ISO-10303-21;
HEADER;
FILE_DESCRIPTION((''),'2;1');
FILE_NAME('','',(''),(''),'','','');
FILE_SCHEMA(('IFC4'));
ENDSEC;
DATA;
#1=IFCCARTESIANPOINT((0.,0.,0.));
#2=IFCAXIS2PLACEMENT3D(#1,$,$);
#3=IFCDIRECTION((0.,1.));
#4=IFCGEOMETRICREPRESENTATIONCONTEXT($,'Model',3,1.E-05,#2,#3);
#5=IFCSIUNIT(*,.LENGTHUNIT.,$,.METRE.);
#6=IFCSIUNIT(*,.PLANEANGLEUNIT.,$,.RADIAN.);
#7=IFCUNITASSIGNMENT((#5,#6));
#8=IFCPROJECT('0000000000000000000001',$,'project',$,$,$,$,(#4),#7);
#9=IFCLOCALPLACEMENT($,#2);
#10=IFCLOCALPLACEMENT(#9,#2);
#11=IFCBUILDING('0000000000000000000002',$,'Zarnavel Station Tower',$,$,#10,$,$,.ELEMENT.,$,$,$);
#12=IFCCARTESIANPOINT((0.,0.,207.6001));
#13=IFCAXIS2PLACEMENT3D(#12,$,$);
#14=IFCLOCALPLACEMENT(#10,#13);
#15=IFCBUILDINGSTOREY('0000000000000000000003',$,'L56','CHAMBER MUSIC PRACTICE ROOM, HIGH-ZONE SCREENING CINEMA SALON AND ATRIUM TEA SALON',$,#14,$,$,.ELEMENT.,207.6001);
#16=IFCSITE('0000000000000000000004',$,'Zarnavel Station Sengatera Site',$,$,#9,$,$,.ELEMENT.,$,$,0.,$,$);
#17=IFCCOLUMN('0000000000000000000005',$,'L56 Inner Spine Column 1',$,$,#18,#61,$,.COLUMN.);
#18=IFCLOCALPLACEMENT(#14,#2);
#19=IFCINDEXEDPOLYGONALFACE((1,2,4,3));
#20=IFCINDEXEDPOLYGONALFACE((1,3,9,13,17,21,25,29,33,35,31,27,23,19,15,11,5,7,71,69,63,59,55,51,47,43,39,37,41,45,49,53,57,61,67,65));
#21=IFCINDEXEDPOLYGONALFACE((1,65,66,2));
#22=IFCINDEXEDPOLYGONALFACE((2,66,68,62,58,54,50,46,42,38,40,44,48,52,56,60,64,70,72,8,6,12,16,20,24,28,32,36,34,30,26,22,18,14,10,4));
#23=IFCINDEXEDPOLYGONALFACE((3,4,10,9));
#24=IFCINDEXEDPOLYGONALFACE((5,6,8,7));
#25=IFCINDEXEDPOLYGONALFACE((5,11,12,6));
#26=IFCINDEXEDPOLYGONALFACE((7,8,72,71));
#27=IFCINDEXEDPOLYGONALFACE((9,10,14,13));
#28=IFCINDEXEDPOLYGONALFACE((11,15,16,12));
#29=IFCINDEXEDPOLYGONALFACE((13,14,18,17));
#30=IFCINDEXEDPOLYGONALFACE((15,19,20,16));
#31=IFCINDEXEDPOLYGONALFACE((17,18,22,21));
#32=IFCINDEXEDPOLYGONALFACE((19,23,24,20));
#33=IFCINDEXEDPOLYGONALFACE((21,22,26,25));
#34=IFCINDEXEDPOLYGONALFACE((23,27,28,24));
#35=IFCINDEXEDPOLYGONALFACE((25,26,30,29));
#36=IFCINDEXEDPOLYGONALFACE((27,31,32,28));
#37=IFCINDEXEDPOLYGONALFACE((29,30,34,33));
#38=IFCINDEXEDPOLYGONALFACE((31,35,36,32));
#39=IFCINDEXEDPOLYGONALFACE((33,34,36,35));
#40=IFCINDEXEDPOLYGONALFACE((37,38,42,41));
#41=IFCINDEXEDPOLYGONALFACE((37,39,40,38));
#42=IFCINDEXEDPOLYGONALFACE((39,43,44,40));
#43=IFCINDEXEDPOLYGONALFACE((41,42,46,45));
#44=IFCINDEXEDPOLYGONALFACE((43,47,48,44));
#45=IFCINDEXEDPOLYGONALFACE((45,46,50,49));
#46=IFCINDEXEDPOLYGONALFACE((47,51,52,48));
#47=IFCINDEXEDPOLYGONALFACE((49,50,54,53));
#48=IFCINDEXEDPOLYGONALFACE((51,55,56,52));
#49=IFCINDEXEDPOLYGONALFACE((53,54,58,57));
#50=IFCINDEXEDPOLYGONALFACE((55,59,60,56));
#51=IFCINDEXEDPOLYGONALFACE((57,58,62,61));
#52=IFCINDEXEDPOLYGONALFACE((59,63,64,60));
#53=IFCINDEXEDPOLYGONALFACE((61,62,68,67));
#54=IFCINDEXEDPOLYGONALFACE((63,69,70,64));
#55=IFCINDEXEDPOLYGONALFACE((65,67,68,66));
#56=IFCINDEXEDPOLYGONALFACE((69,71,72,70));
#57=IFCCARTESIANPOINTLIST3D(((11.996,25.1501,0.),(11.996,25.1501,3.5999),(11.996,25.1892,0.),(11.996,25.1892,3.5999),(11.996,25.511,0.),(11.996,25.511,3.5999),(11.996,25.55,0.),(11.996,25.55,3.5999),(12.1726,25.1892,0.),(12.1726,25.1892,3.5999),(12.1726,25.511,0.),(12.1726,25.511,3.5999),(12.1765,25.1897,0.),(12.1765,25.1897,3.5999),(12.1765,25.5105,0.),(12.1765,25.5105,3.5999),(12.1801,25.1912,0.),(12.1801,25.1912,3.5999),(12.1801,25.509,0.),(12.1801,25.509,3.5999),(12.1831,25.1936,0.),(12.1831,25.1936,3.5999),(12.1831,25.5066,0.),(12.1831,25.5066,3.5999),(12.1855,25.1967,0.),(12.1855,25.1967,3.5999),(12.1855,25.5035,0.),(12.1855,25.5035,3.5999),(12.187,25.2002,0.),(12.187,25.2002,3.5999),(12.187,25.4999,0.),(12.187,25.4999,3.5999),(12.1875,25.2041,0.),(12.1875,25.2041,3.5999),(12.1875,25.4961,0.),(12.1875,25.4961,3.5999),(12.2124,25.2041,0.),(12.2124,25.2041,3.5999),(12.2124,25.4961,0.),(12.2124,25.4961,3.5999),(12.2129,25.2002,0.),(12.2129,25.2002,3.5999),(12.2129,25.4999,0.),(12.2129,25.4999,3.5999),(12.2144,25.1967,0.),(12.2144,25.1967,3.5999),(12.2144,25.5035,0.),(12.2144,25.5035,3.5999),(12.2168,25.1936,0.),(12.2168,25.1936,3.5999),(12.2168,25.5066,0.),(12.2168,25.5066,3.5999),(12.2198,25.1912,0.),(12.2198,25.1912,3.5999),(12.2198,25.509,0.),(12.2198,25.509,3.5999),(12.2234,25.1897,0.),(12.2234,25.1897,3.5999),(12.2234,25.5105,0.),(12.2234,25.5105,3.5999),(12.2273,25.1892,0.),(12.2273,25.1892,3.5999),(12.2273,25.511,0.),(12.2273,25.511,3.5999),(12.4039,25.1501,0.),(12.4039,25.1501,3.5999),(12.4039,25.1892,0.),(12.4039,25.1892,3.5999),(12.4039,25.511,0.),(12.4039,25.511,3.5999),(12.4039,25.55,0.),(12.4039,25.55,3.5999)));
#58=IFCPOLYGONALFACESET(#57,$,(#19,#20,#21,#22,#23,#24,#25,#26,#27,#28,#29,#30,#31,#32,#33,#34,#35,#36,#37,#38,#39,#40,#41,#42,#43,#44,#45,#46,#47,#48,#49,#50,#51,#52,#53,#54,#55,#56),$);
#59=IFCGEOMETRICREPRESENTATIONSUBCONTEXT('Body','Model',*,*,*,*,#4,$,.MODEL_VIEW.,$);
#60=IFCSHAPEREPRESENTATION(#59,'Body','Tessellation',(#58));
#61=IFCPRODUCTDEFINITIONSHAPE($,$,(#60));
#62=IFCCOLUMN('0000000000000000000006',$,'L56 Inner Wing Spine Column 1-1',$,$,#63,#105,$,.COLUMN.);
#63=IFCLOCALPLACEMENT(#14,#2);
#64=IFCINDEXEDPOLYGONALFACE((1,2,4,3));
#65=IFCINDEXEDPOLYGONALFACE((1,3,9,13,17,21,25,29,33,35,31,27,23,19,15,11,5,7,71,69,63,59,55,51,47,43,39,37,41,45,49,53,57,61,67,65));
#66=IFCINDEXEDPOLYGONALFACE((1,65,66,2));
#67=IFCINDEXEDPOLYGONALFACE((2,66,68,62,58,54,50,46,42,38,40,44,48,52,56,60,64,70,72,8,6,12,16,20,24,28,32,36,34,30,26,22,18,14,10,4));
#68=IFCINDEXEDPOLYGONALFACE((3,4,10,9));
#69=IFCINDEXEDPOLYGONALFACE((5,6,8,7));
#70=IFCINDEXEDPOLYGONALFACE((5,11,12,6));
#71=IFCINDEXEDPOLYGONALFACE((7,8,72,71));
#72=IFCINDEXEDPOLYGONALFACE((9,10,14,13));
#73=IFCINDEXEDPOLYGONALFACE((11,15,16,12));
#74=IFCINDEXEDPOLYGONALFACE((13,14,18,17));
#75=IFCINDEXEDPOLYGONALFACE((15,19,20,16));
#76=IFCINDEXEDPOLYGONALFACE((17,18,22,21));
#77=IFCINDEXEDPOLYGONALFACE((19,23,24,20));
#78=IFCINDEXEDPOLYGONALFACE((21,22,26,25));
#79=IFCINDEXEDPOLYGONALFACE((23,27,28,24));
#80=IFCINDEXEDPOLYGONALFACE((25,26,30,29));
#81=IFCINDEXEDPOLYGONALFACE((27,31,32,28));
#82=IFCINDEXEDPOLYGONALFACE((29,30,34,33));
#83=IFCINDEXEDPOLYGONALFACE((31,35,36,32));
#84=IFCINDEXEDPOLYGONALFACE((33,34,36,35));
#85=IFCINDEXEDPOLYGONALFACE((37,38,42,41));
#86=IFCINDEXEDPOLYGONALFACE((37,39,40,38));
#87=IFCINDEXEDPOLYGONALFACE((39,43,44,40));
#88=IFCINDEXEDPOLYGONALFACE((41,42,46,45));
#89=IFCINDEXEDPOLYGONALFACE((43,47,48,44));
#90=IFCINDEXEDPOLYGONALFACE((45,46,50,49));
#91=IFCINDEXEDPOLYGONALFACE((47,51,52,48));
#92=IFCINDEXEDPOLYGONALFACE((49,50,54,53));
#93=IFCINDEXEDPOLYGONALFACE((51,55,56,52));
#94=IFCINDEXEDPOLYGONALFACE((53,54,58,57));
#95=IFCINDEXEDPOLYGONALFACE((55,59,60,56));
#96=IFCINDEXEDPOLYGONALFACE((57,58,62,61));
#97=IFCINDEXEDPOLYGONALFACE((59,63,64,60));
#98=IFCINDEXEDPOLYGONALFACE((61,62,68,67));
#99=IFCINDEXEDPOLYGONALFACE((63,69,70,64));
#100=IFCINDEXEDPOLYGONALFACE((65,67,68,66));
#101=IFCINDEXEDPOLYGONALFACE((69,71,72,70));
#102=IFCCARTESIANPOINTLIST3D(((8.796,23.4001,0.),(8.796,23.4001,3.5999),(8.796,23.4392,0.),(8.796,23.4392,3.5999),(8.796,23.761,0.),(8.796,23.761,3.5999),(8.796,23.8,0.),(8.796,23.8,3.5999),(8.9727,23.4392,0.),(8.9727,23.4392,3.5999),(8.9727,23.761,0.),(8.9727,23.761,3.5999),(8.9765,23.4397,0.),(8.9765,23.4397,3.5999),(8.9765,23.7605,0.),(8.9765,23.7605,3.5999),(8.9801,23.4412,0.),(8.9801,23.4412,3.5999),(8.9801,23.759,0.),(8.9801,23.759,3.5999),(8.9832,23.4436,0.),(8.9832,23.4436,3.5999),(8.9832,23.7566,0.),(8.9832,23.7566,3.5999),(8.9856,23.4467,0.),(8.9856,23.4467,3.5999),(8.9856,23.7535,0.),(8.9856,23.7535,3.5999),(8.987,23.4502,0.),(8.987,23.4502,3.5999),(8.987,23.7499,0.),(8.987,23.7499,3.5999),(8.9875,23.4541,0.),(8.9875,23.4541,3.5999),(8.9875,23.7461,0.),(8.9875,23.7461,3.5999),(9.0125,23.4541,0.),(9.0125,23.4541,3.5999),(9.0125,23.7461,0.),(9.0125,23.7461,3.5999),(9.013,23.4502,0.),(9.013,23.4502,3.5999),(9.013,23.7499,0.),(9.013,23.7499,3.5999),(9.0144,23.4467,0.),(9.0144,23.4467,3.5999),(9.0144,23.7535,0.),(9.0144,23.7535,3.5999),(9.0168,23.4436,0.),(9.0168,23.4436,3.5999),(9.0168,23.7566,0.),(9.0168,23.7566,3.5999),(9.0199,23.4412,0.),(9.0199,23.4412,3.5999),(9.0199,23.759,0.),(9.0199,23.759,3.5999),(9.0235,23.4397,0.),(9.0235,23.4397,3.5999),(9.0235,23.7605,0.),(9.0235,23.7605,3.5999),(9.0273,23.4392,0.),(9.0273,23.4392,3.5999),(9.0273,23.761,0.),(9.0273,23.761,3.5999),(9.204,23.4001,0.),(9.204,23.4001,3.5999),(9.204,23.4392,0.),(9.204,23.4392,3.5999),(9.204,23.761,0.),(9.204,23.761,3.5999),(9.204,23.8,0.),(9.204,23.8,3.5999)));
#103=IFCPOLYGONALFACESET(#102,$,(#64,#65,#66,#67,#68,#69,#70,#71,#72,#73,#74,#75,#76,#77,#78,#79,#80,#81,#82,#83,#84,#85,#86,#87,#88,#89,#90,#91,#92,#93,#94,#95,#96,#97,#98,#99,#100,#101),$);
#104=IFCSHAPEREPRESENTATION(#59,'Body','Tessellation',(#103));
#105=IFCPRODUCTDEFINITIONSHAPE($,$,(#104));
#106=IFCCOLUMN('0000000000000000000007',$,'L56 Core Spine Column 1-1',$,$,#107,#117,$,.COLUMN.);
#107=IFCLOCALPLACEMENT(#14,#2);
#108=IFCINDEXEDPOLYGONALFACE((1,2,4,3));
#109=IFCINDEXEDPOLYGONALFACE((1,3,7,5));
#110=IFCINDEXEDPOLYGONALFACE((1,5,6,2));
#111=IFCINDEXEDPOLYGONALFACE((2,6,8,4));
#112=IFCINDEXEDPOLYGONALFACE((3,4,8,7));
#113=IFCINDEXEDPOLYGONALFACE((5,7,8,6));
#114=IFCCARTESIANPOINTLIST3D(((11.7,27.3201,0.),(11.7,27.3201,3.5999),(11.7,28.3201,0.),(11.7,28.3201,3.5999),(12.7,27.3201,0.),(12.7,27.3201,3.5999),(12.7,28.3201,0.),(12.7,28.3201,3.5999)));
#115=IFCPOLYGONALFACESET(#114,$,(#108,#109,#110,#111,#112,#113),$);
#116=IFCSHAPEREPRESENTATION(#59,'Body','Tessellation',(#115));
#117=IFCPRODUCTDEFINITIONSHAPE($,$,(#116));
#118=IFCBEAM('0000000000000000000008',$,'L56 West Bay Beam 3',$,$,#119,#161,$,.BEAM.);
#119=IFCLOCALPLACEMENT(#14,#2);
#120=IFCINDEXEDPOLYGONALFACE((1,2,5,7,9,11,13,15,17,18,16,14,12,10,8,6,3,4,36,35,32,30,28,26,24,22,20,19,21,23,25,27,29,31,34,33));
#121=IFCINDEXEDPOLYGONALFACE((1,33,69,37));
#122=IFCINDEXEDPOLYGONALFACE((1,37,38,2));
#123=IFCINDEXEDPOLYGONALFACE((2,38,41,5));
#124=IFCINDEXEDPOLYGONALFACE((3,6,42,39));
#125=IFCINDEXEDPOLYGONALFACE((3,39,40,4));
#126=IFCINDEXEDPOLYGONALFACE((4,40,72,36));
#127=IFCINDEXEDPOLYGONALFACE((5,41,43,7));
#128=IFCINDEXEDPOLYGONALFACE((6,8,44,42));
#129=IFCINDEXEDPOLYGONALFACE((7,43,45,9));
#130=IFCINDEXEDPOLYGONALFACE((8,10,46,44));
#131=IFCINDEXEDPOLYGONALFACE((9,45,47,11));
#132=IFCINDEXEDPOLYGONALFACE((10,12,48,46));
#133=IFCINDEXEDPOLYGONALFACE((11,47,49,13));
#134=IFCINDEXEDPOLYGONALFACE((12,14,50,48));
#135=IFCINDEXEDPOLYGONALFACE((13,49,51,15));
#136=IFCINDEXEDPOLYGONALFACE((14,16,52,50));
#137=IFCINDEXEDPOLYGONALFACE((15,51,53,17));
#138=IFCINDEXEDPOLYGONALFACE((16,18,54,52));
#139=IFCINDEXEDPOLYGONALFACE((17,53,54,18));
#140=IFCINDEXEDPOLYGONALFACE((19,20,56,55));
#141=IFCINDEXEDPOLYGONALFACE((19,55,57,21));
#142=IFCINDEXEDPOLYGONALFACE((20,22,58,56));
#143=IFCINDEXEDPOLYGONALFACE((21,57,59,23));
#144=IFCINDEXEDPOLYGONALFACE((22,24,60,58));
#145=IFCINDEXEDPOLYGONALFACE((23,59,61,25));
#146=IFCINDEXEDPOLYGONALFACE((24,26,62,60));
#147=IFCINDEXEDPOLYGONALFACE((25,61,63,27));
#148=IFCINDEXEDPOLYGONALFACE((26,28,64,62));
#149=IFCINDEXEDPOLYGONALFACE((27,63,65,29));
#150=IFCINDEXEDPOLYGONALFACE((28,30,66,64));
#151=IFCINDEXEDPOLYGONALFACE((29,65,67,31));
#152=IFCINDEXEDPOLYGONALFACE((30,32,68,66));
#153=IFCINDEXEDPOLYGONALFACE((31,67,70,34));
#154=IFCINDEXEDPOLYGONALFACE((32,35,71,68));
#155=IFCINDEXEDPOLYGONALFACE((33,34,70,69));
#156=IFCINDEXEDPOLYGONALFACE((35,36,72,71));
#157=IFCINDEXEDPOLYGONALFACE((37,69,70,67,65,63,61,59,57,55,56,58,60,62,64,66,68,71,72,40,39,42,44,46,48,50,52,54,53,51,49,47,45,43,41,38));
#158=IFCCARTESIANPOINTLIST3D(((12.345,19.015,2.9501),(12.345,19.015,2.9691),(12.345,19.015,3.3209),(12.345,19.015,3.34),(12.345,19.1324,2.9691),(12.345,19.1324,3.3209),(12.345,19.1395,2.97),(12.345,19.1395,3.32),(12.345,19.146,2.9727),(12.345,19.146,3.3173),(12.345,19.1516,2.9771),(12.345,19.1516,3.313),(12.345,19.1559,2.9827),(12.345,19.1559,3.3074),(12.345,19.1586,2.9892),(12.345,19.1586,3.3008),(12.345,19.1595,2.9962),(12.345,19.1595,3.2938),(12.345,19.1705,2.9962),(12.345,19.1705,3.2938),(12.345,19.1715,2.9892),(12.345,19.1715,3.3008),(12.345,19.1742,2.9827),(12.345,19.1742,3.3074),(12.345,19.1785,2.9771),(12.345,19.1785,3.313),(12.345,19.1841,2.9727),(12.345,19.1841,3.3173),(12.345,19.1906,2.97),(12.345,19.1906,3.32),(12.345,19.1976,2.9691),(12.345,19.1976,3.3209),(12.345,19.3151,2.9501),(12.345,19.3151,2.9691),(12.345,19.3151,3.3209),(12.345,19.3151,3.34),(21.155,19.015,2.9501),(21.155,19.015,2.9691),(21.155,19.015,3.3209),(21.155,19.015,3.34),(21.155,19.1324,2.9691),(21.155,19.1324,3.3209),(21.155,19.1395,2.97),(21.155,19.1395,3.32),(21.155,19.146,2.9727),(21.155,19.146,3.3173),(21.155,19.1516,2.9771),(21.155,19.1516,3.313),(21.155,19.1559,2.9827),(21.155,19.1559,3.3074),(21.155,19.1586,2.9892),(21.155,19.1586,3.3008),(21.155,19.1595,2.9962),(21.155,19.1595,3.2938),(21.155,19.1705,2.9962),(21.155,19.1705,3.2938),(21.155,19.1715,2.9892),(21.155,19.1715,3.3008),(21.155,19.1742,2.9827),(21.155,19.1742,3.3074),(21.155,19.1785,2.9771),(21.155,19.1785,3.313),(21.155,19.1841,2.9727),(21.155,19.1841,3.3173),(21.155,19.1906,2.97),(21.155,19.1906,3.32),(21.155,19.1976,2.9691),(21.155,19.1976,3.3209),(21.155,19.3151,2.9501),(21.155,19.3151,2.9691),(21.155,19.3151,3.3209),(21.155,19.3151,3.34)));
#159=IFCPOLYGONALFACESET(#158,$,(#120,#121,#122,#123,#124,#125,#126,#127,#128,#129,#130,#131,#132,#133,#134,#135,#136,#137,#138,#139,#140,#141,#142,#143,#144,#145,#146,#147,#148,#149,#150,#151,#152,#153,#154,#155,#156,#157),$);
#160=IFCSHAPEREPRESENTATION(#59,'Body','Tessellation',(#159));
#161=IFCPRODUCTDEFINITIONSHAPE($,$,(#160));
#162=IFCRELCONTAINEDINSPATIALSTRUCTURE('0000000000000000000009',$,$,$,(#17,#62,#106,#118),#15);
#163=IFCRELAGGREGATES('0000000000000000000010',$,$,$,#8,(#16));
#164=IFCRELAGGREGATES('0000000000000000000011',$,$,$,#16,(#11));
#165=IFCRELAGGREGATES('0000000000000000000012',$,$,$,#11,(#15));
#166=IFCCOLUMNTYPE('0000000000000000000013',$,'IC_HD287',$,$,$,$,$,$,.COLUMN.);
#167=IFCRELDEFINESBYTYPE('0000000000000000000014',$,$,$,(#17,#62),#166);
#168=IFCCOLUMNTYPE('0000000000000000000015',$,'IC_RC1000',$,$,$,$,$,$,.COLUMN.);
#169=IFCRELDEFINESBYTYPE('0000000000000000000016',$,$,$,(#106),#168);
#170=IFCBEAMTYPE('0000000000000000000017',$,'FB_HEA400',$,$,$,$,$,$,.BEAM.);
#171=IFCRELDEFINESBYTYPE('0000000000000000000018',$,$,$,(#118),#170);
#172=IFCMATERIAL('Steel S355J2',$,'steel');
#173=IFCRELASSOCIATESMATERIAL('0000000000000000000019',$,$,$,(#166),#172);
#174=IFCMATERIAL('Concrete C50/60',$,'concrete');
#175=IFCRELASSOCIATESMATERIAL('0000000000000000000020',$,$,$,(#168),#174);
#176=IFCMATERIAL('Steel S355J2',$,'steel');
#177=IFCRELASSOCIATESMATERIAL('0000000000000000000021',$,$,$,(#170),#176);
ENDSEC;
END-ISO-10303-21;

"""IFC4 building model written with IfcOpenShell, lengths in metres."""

from ifc_helpers import new_model, si_unit, direction, frame, origin, origin_2d, place, context, subcontext, project, spatial, rectangle, i_section, extrude, material, material_profile, profile_set, type_object, element, save


model = new_model("IFC4")

# Units and contexts
model_context = context("Model", 3, precision=1e-05, world=origin(), true_north=direction((0.0, 1.0)))
body_context = subcontext(model_context, "Body", "Model", "MODEL_VIEW")
ifc_project = project(units=[si_unit("LENGTHUNIT", "METRE"), si_unit("PLANEANGLEUNIT", "RADIAN")], contexts=[model_context])

# Site, building, storey
site_placement = place(None, origin())
site = spatial("IfcSite", under=ifc_project, at=site_placement, Name="Zarnavel Station Sengatera Site", CompositionType="ELEMENT", RefElevation=0.0)
building_placement = place(site_placement, origin())
building = spatial("IfcBuilding", under=site, at=building_placement, Name="Zarnavel Station Tower", CompositionType="ELEMENT")
storey_placement = place(building_placement, frame((0.0, 0.0, 207.6001)))
storey = spatial("IfcBuildingStorey", under=building, at=storey_placement, Name="L56", Description="CHAMBER MUSIC PRACTICE ROOM, HIGH-ZONE SCREENING CINEMA SALON AND ATRIUM TEA SALON", CompositionType="ELEMENT", Elevation=207.6001)

# Columns
ifc_material_1 = material(Name="Steel S355J2", Category="steel")
ifc_material_profile_1 = material_profile(ifc_material_1, i_section(OverallWidth=0.408, OverallDepth=0.3999, WebThickness=0.0249, FlangeThickness=0.0391, FilletRadius=0.0149, at=origin_2d()), Name="HD400x287")
ifc_profile_set_1 = profile_set([ifc_material_profile_1], Name="Steel S355J2")
column_type_1 = type_object("IfcColumnType", Name="IC_HD287", PredefinedType="COLUMN", material=ifc_profile_set_1)
for number, where, z_axis, x_axis, name in (
    (1, (12.2, 25.3501, 0.0), (0.0, 0.0, 1.0), (1.0, 0.0, 0.0), "L56 Inner Spine Column 1"),
    (2, (9.0, 23.6001, 0.0), (0.0, 0.0, 1.0), (1.0, 0.0, 0.0), "L56 Inner Wing Spine Column 1-1"),
):
    element("IfcColumn", number, at=place(storey_placement, frame(where, z_axis=z_axis, x_axis=x_axis)), inside=storey, type_object=column_type_1, Name=name, PredefinedType="COLUMN", context=body_context, shape_type="SweptSolid", body=[
        extrude(i_section(OverallWidth=0.408, OverallDepth=0.3999, WebThickness=0.0249, FlangeThickness=0.0391, FilletRadius=0.0149, at=origin_2d()), origin(), (0.0, 0.0, 1.0), 3.5999),
    ])
ifc_material_2 = material(Name="Concrete C50/60", Category="concrete")
ifc_material_profile_2 = material_profile(ifc_material_2, rectangle(XDim=1.0, YDim=1.0, at=origin_2d()), Name="RC1000x1000")
ifc_profile_set_2 = profile_set([ifc_material_profile_2], Name="Concrete C50/60")
column_type_2 = type_object("IfcColumnType", Name="IC_RC1000", PredefinedType="COLUMN", material=ifc_profile_set_2)
column_placement = place(storey_placement, frame((12.2, 27.8201, 0.0), z_axis=(0.0, 0.0, 1.0), x_axis=(1.0, 0.0, 0.0)))
element("IfcColumn", 3, at=column_placement, inside=storey, type_object=column_type_2, Name="L56 Core Spine Column 1-1", PredefinedType="COLUMN", context=body_context, shape_type="SweptSolid", body=[
    extrude(rectangle(XDim=1.0, YDim=1.0, at=origin_2d()), origin(), (0.0, 0.0, 1.0), 3.5999),
])

# Beam
ifc_material_3 = material(Name="Steel S355J2", Category="steel")
ifc_material_profile_3 = material_profile(ifc_material_3, i_section(OverallWidth=0.3, OverallDepth=0.3899, WebThickness=0.011, FlangeThickness=0.019, FilletRadius=0.0271, at=origin_2d()), Name="HEA400")
ifc_profile_set_3 = profile_set([ifc_material_profile_3], Name="Steel S355J2")
beam_type_1 = type_object("IfcBeamType", Name="FB_HEA400", PredefinedType="BEAM", material=ifc_profile_set_3)
beam_1_placement = place(storey_placement, frame((12.345, 19.165, 3.145), z_axis=(1.0, 0.0, 0.0), x_axis=(0.0, 1.0, 0.0)))
element("IfcBeam", 4, at=beam_1_placement, inside=storey, type_object=beam_type_1, Name="L56 West Bay Beam 3", PredefinedType="BEAM", context=body_context, shape_type="SweptSolid", body=[
    extrude(i_section(OverallWidth=0.3, OverallDepth=0.3899, WebThickness=0.011, FlangeThickness=0.019, FilletRadius=0.0271, at=origin_2d()), origin(), (0.0, 0.0, 1.0), 8.8101),
])

save(model, "model.ifc")
